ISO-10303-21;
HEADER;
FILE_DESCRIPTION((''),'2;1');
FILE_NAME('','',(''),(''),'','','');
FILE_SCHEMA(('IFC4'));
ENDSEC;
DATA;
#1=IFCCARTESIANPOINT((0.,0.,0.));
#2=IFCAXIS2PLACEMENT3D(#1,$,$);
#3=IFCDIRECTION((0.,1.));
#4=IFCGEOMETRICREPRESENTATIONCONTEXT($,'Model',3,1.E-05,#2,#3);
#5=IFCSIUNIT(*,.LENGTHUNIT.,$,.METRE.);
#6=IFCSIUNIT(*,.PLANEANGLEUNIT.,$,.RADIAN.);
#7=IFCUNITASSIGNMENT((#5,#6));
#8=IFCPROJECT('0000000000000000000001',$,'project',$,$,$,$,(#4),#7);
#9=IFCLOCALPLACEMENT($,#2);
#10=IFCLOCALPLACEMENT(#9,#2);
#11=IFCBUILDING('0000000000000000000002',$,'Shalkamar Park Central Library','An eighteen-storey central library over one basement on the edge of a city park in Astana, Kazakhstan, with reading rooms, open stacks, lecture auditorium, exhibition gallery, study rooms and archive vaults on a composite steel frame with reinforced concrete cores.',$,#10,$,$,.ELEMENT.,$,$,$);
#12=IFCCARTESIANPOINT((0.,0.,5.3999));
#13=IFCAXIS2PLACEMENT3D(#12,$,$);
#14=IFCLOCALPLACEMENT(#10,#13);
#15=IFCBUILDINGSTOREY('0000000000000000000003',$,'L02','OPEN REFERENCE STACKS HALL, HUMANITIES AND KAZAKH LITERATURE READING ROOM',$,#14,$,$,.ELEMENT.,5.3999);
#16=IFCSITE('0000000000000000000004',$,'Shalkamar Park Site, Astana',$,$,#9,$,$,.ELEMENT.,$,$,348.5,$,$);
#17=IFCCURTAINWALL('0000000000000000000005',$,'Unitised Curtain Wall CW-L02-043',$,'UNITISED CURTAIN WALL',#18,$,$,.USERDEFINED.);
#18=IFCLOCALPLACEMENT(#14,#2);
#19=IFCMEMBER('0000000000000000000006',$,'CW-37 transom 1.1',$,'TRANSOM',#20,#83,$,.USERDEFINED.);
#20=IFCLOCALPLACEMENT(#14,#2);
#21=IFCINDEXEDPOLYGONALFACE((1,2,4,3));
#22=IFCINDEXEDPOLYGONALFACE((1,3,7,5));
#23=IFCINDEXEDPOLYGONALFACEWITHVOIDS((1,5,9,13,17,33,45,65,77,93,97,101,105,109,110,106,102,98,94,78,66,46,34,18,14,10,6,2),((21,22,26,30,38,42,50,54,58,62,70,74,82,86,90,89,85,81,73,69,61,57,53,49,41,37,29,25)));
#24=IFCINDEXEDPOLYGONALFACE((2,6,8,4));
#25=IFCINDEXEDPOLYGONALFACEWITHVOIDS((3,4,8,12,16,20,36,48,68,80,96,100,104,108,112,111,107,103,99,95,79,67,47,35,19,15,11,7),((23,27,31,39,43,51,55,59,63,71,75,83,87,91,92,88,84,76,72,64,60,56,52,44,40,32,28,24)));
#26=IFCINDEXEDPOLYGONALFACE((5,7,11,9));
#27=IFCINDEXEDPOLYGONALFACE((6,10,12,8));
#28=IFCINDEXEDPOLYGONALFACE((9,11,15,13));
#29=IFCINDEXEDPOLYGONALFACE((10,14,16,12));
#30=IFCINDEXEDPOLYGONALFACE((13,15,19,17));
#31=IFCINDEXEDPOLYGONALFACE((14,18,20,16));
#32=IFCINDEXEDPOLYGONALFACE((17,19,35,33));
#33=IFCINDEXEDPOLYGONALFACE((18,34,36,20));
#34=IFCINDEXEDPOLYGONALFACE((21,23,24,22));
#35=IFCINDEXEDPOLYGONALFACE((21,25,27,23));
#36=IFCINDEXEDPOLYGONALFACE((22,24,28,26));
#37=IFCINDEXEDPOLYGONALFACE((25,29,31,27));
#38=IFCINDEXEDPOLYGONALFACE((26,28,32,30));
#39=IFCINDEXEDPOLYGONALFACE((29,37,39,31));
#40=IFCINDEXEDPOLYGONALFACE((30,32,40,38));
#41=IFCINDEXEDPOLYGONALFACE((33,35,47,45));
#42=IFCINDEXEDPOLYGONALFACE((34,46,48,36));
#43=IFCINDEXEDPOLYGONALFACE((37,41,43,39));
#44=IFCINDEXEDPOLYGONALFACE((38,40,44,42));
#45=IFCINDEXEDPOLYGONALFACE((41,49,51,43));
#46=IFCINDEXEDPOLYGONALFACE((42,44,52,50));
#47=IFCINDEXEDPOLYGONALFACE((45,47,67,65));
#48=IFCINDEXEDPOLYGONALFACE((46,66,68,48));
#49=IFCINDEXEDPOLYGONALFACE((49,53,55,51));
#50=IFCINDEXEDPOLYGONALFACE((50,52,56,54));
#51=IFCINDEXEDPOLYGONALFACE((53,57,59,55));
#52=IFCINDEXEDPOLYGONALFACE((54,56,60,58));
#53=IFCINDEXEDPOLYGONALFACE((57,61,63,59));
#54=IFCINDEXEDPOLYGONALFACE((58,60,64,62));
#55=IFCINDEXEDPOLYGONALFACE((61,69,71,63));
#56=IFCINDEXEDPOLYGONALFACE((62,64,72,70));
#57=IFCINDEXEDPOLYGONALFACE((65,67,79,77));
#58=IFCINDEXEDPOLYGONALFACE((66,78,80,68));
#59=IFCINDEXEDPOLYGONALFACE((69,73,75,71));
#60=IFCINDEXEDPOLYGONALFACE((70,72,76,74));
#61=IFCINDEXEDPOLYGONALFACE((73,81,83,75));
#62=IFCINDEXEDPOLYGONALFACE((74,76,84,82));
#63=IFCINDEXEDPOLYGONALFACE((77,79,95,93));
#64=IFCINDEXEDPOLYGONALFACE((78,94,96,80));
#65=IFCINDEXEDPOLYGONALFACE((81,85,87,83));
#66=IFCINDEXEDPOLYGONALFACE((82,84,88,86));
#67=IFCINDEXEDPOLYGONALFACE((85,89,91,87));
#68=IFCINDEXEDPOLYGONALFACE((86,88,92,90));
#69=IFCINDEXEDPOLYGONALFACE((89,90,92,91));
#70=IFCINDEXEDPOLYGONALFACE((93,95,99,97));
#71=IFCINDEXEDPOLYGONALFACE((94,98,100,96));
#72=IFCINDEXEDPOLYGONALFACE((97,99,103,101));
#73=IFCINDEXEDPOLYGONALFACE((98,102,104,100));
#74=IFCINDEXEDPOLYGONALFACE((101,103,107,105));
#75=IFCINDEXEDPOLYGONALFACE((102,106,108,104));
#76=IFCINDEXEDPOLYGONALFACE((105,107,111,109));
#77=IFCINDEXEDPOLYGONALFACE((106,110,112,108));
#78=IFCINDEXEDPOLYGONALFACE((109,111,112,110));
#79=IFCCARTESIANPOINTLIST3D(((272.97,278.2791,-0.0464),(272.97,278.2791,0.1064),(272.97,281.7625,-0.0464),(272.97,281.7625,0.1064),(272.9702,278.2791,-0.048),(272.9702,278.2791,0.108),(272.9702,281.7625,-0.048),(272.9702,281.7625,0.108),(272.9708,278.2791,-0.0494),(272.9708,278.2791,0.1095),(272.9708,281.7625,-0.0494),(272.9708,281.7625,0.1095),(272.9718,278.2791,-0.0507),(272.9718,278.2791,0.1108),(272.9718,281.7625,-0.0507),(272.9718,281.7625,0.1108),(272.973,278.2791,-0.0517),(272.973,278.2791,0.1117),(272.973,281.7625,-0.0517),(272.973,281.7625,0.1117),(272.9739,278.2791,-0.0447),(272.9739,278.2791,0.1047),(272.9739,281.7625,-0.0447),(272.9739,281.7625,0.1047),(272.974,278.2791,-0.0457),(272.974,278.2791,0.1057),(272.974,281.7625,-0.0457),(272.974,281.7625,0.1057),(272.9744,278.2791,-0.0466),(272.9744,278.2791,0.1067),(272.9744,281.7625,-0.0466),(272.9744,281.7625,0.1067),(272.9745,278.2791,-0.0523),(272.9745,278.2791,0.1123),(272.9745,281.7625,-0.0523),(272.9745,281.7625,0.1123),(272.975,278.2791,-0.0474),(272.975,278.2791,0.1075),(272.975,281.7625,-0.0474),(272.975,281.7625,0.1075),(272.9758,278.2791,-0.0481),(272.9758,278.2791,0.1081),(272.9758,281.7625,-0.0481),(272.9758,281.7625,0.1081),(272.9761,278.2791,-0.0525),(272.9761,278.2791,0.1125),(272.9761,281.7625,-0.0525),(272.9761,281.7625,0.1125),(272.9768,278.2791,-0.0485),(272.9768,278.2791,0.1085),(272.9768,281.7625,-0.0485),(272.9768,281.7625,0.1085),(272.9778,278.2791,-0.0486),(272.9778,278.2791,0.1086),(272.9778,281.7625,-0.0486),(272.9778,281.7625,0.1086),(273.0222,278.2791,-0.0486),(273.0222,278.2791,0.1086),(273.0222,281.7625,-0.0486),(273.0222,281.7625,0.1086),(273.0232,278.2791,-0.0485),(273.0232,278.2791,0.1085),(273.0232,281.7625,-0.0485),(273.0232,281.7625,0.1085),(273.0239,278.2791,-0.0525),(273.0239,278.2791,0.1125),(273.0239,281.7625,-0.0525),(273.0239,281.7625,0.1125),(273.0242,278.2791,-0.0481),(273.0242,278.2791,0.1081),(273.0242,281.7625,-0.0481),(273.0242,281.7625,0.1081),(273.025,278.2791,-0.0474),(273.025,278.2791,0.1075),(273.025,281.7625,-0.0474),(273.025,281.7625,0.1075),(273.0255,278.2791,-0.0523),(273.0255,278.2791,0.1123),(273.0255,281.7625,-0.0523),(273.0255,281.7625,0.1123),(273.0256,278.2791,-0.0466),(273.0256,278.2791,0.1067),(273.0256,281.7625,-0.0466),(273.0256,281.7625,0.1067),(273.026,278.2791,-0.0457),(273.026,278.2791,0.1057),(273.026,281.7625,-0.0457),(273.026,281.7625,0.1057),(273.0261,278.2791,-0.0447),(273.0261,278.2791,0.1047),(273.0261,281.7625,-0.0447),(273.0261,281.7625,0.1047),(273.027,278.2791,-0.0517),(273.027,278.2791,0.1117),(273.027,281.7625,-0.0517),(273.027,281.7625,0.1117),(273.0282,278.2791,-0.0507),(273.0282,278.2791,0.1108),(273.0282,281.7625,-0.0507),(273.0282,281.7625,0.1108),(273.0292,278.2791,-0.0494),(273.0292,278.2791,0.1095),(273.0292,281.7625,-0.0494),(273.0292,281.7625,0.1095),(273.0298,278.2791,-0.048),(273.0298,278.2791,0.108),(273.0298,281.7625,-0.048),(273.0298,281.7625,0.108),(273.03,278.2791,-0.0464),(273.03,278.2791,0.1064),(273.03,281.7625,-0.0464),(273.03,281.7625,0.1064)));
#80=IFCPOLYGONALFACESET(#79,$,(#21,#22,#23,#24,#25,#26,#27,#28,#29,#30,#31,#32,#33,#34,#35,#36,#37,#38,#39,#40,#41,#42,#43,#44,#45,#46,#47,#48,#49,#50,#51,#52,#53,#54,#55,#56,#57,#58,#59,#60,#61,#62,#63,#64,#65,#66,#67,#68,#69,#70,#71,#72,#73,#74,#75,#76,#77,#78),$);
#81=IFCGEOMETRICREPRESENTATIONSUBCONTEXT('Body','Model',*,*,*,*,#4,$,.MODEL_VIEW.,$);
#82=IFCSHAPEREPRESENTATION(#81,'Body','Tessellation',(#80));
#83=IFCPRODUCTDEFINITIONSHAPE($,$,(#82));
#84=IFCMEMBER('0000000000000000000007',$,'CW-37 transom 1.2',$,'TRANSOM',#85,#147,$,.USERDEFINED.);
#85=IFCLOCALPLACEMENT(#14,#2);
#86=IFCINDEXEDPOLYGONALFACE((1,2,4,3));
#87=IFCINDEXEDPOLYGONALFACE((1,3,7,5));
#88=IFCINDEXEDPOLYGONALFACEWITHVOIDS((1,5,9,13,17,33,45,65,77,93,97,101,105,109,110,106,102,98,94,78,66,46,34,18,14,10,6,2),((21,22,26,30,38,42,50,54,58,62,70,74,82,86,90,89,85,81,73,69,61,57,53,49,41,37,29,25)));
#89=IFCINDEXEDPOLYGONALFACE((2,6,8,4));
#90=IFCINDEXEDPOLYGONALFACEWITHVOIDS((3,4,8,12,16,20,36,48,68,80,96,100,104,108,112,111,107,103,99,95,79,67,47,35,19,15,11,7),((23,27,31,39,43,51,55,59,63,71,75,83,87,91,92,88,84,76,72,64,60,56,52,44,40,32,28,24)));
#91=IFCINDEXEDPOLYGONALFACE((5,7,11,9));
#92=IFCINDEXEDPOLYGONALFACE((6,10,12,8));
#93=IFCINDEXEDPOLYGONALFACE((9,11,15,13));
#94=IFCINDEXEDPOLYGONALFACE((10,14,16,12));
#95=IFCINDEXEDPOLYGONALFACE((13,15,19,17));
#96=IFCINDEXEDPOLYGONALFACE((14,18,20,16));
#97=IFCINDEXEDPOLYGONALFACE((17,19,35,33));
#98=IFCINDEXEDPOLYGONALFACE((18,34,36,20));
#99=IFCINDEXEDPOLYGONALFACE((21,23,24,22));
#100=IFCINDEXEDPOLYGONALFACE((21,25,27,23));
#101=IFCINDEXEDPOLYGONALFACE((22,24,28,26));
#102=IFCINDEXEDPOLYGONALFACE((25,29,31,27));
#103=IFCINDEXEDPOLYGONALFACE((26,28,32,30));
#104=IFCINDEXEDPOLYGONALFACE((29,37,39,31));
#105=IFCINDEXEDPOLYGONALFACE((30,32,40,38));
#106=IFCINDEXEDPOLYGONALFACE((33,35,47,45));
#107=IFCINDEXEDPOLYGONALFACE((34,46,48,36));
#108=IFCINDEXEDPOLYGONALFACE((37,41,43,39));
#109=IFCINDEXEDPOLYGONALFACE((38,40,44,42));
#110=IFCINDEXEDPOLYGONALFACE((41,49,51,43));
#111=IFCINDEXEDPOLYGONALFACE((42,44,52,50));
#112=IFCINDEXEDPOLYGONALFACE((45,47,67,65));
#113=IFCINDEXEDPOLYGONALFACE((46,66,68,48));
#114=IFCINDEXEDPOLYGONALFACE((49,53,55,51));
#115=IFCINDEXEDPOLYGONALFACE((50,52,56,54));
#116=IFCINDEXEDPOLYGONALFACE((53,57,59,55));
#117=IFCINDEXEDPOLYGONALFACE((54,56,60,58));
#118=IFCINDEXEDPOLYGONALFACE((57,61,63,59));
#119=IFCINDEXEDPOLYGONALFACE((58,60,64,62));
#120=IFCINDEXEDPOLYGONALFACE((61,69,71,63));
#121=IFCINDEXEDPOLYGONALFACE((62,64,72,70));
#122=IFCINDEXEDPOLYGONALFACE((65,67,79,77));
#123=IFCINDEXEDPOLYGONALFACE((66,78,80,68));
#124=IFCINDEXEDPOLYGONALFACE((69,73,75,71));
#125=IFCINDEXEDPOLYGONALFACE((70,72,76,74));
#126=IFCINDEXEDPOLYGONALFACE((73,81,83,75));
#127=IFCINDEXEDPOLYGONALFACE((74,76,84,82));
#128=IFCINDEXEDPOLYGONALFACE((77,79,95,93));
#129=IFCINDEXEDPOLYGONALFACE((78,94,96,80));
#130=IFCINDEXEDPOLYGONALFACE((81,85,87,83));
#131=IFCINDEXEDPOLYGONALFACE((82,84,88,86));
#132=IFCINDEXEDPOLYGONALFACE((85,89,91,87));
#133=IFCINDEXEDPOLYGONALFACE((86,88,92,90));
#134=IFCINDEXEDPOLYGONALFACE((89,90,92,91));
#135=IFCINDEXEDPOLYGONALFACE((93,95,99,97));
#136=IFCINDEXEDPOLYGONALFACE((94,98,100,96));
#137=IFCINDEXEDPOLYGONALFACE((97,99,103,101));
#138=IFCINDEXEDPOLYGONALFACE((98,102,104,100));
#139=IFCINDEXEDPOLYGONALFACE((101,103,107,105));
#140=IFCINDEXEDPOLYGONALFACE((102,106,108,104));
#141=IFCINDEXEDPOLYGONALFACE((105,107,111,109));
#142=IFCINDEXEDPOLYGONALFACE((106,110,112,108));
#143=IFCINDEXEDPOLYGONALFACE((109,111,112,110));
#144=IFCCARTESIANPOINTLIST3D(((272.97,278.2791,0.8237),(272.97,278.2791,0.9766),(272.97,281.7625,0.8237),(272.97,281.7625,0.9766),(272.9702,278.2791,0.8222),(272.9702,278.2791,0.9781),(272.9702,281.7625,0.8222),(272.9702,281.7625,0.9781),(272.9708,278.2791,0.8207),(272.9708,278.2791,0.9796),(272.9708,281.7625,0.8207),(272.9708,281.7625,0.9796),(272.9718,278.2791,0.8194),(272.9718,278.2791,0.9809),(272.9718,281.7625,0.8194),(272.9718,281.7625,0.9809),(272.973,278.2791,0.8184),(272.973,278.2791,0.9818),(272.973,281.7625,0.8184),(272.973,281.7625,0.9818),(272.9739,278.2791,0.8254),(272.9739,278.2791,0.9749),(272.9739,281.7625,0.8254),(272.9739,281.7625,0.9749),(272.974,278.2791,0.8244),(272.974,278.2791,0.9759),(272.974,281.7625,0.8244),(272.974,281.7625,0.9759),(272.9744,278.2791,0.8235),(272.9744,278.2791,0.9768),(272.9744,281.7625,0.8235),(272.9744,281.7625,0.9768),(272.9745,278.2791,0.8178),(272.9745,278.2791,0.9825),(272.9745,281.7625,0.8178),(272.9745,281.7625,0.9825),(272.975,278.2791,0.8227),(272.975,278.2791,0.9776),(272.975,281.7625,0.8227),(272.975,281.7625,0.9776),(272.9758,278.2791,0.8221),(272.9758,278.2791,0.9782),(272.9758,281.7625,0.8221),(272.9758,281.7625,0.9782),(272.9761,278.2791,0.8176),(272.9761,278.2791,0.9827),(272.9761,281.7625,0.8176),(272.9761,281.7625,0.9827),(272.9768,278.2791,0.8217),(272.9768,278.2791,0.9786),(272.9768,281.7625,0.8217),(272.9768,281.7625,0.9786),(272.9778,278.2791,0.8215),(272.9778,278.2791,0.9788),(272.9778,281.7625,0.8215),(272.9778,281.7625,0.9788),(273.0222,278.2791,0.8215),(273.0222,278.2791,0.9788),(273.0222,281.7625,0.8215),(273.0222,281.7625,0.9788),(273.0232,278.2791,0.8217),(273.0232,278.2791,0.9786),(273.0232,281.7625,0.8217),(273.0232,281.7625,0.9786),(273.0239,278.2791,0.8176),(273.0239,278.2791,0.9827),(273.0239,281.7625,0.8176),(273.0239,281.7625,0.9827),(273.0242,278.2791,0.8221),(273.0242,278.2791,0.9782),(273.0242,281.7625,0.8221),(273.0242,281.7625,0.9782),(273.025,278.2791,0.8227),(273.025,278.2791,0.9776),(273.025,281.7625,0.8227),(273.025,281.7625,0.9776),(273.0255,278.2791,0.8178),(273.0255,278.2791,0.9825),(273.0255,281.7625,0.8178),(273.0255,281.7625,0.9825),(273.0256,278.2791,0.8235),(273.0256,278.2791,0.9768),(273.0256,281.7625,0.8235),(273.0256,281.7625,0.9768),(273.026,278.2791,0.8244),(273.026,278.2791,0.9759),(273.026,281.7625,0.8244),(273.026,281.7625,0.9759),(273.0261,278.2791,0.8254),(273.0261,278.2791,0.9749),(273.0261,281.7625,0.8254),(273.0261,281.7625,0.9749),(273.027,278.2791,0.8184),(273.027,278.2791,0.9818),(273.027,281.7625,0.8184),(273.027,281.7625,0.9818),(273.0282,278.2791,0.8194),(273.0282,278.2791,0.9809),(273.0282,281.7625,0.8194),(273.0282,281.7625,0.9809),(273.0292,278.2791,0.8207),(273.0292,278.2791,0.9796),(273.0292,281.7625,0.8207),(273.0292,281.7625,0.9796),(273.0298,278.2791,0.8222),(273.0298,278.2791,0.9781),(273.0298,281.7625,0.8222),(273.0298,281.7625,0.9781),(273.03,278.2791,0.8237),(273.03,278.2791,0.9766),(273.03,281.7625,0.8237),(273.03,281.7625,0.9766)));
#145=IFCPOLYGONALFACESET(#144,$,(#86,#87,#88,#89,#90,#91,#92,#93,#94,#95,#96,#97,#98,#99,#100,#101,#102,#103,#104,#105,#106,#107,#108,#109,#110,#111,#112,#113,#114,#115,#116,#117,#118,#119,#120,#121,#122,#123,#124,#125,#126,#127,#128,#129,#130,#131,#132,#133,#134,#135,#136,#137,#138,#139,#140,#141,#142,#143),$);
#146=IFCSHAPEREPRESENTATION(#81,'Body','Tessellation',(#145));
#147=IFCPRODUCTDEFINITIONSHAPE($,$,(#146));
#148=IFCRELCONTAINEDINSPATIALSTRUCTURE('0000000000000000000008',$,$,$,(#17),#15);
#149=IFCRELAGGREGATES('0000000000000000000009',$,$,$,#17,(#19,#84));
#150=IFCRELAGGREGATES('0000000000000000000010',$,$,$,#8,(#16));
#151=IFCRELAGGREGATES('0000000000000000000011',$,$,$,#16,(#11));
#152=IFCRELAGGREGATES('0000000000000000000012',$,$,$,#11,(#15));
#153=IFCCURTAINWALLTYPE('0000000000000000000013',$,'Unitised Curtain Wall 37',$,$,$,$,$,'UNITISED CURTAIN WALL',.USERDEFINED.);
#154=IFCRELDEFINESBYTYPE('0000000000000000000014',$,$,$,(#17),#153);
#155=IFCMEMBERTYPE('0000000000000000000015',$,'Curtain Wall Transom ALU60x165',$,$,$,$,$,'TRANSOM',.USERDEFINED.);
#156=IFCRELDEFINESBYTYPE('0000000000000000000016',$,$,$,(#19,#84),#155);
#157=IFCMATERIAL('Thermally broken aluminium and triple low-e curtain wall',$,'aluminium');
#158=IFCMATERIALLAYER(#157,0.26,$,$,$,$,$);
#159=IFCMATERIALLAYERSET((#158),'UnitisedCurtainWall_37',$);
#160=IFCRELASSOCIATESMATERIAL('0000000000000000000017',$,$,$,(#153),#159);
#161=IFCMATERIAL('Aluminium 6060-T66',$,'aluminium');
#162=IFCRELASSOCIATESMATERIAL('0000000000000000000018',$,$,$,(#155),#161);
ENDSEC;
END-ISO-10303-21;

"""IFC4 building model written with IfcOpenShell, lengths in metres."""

from ifc_helpers import new_model, si_unit, direction, frame, origin, origin_2d, place, context, subcontext, project, spatial, hollow_rectangle, extrude, material, layer, layer_set, material_profile, profile_set, type_object, element, aggregate, save


model = new_model("IFC4")

# Units and contexts
model_context = context("Model", 3, precision=1e-05, world=origin(), true_north=direction((0.0, 1.0)))
body_context = subcontext(model_context, "Body", "Model", "MODEL_VIEW")
ifc_project = project(units=[si_unit("LENGTHUNIT", "METRE"), si_unit("PLANEANGLEUNIT", "RADIAN")], contexts=[model_context])

# Site, building, storey
site_placement = place(None, origin())
site = spatial("IfcSite", under=ifc_project, at=site_placement, Name="Shalkamar Park Site, Astana", CompositionType="ELEMENT", RefElevation=348.5)
building_placement = place(site_placement, origin())
building = spatial("IfcBuilding", under=site, at=building_placement, Name="Shalkamar Park Central Library", Description="An eighteen-storey central library over one basement on the edge of a city park in Astana, Kazakhstan, with reading rooms, open stacks, lecture auditorium, exhibition gallery, study rooms and archive vaults on a composite steel frame with reinforced concrete cores.", CompositionType="ELEMENT")
storey_placement = place(building_placement, frame((0.0, 0.0, 5.3999)))
storey = spatial("IfcBuildingStorey", under=building, at=storey_placement, Name="L02", Description="OPEN REFERENCE STACKS HALL, HUMANITIES AND KAZAKH LITERATURE READING ROOM", CompositionType="ELEMENT", Elevation=5.3999)

# Curtain wall, members
ifc_material_1 = material(Name="Thermally broken aluminium and triple low-e curtain wall", Category="aluminium")
ifc_layer_1 = layer(ifc_material_1, 0.26)
ifc_layer_set_1 = layer_set([ifc_layer_1], Name="UnitisedCurtainWall_37")
curtain_wall_type = type_object("IfcCurtainWallType", Name="Unitised Curtain Wall 37", ElementType="UNITISED CURTAIN WALL", PredefinedType="USERDEFINED", material=ifc_layer_set_1)
curtain_wall_placement = place(storey_placement, origin())
curtain_wall = element("IfcCurtainWall", 1, at=curtain_wall_placement, inside=storey, type_object=curtain_wall_type, Name="Unitised Curtain Wall CW-L02-043", ObjectType="UNITISED CURTAIN WALL", PredefinedType="USERDEFINED")
ifc_material_2 = material(Name="Aluminium 6060-T66", Category="aluminium")
ifc_material_profile_1 = material_profile(ifc_material_2, hollow_rectangle(XDim=0.0601, YDim=0.165, WallThickness=0.0039, InnerFilletRadius=0.0039, OuterFilletRadius=0.0061, at=origin_2d()), Name="ALU 60x165x4")
ifc_profile_set_1 = profile_set([ifc_material_profile_1], Name="Aluminium 6060-T66")
member_type_1 = type_object("IfcMemberType", Name="Curtain Wall Transom ALU60x165", ElementType="TRANSOM", PredefinedType="USERDEFINED", material=ifc_profile_set_1)
member_1_placement = place(storey_placement, frame((273.0, 278.2791, 0.03), z_axis=(0.0, 1.0, 0.0), x_axis=(-1.0, 0.0, 0.0)))
member_1 = element("IfcMember", 2, at=member_1_placement, type_object=member_type_1, Name="CW-37 transom 1.1", ObjectType="TRANSOM", PredefinedType="USERDEFINED", context=body_context, shape_type="SweptSolid", body=[
    extrude(hollow_rectangle(XDim=0.0601, YDim=0.165, WallThickness=0.0039, InnerFilletRadius=0.0039, OuterFilletRadius=0.0061, at=origin_2d()), origin(), (0.0, 0.0, 1.0), 3.4834),
])
member_2_placement = place(storey_placement, frame((273.0, 278.2791, 0.9001), z_axis=(0.0, 1.0, 0.0), x_axis=(-1.0, 0.0, 0.0)))
member_2 = element("IfcMember", 3, at=member_2_placement, type_object=member_type_1, Name="CW-37 transom 1.2", ObjectType="TRANSOM", PredefinedType="USERDEFINED", context=body_context, shape_type="SweptSolid", body=[
    extrude(hollow_rectangle(XDim=0.0601, YDim=0.165, WallThickness=0.0039, InnerFilletRadius=0.0039, OuterFilletRadius=0.0061, at=origin_2d()), origin(), (0.0, 0.0, 1.0), 3.4834),
])

aggregate(curtain_wall, [member_1, member_2])

save(model, "model.ifc")
